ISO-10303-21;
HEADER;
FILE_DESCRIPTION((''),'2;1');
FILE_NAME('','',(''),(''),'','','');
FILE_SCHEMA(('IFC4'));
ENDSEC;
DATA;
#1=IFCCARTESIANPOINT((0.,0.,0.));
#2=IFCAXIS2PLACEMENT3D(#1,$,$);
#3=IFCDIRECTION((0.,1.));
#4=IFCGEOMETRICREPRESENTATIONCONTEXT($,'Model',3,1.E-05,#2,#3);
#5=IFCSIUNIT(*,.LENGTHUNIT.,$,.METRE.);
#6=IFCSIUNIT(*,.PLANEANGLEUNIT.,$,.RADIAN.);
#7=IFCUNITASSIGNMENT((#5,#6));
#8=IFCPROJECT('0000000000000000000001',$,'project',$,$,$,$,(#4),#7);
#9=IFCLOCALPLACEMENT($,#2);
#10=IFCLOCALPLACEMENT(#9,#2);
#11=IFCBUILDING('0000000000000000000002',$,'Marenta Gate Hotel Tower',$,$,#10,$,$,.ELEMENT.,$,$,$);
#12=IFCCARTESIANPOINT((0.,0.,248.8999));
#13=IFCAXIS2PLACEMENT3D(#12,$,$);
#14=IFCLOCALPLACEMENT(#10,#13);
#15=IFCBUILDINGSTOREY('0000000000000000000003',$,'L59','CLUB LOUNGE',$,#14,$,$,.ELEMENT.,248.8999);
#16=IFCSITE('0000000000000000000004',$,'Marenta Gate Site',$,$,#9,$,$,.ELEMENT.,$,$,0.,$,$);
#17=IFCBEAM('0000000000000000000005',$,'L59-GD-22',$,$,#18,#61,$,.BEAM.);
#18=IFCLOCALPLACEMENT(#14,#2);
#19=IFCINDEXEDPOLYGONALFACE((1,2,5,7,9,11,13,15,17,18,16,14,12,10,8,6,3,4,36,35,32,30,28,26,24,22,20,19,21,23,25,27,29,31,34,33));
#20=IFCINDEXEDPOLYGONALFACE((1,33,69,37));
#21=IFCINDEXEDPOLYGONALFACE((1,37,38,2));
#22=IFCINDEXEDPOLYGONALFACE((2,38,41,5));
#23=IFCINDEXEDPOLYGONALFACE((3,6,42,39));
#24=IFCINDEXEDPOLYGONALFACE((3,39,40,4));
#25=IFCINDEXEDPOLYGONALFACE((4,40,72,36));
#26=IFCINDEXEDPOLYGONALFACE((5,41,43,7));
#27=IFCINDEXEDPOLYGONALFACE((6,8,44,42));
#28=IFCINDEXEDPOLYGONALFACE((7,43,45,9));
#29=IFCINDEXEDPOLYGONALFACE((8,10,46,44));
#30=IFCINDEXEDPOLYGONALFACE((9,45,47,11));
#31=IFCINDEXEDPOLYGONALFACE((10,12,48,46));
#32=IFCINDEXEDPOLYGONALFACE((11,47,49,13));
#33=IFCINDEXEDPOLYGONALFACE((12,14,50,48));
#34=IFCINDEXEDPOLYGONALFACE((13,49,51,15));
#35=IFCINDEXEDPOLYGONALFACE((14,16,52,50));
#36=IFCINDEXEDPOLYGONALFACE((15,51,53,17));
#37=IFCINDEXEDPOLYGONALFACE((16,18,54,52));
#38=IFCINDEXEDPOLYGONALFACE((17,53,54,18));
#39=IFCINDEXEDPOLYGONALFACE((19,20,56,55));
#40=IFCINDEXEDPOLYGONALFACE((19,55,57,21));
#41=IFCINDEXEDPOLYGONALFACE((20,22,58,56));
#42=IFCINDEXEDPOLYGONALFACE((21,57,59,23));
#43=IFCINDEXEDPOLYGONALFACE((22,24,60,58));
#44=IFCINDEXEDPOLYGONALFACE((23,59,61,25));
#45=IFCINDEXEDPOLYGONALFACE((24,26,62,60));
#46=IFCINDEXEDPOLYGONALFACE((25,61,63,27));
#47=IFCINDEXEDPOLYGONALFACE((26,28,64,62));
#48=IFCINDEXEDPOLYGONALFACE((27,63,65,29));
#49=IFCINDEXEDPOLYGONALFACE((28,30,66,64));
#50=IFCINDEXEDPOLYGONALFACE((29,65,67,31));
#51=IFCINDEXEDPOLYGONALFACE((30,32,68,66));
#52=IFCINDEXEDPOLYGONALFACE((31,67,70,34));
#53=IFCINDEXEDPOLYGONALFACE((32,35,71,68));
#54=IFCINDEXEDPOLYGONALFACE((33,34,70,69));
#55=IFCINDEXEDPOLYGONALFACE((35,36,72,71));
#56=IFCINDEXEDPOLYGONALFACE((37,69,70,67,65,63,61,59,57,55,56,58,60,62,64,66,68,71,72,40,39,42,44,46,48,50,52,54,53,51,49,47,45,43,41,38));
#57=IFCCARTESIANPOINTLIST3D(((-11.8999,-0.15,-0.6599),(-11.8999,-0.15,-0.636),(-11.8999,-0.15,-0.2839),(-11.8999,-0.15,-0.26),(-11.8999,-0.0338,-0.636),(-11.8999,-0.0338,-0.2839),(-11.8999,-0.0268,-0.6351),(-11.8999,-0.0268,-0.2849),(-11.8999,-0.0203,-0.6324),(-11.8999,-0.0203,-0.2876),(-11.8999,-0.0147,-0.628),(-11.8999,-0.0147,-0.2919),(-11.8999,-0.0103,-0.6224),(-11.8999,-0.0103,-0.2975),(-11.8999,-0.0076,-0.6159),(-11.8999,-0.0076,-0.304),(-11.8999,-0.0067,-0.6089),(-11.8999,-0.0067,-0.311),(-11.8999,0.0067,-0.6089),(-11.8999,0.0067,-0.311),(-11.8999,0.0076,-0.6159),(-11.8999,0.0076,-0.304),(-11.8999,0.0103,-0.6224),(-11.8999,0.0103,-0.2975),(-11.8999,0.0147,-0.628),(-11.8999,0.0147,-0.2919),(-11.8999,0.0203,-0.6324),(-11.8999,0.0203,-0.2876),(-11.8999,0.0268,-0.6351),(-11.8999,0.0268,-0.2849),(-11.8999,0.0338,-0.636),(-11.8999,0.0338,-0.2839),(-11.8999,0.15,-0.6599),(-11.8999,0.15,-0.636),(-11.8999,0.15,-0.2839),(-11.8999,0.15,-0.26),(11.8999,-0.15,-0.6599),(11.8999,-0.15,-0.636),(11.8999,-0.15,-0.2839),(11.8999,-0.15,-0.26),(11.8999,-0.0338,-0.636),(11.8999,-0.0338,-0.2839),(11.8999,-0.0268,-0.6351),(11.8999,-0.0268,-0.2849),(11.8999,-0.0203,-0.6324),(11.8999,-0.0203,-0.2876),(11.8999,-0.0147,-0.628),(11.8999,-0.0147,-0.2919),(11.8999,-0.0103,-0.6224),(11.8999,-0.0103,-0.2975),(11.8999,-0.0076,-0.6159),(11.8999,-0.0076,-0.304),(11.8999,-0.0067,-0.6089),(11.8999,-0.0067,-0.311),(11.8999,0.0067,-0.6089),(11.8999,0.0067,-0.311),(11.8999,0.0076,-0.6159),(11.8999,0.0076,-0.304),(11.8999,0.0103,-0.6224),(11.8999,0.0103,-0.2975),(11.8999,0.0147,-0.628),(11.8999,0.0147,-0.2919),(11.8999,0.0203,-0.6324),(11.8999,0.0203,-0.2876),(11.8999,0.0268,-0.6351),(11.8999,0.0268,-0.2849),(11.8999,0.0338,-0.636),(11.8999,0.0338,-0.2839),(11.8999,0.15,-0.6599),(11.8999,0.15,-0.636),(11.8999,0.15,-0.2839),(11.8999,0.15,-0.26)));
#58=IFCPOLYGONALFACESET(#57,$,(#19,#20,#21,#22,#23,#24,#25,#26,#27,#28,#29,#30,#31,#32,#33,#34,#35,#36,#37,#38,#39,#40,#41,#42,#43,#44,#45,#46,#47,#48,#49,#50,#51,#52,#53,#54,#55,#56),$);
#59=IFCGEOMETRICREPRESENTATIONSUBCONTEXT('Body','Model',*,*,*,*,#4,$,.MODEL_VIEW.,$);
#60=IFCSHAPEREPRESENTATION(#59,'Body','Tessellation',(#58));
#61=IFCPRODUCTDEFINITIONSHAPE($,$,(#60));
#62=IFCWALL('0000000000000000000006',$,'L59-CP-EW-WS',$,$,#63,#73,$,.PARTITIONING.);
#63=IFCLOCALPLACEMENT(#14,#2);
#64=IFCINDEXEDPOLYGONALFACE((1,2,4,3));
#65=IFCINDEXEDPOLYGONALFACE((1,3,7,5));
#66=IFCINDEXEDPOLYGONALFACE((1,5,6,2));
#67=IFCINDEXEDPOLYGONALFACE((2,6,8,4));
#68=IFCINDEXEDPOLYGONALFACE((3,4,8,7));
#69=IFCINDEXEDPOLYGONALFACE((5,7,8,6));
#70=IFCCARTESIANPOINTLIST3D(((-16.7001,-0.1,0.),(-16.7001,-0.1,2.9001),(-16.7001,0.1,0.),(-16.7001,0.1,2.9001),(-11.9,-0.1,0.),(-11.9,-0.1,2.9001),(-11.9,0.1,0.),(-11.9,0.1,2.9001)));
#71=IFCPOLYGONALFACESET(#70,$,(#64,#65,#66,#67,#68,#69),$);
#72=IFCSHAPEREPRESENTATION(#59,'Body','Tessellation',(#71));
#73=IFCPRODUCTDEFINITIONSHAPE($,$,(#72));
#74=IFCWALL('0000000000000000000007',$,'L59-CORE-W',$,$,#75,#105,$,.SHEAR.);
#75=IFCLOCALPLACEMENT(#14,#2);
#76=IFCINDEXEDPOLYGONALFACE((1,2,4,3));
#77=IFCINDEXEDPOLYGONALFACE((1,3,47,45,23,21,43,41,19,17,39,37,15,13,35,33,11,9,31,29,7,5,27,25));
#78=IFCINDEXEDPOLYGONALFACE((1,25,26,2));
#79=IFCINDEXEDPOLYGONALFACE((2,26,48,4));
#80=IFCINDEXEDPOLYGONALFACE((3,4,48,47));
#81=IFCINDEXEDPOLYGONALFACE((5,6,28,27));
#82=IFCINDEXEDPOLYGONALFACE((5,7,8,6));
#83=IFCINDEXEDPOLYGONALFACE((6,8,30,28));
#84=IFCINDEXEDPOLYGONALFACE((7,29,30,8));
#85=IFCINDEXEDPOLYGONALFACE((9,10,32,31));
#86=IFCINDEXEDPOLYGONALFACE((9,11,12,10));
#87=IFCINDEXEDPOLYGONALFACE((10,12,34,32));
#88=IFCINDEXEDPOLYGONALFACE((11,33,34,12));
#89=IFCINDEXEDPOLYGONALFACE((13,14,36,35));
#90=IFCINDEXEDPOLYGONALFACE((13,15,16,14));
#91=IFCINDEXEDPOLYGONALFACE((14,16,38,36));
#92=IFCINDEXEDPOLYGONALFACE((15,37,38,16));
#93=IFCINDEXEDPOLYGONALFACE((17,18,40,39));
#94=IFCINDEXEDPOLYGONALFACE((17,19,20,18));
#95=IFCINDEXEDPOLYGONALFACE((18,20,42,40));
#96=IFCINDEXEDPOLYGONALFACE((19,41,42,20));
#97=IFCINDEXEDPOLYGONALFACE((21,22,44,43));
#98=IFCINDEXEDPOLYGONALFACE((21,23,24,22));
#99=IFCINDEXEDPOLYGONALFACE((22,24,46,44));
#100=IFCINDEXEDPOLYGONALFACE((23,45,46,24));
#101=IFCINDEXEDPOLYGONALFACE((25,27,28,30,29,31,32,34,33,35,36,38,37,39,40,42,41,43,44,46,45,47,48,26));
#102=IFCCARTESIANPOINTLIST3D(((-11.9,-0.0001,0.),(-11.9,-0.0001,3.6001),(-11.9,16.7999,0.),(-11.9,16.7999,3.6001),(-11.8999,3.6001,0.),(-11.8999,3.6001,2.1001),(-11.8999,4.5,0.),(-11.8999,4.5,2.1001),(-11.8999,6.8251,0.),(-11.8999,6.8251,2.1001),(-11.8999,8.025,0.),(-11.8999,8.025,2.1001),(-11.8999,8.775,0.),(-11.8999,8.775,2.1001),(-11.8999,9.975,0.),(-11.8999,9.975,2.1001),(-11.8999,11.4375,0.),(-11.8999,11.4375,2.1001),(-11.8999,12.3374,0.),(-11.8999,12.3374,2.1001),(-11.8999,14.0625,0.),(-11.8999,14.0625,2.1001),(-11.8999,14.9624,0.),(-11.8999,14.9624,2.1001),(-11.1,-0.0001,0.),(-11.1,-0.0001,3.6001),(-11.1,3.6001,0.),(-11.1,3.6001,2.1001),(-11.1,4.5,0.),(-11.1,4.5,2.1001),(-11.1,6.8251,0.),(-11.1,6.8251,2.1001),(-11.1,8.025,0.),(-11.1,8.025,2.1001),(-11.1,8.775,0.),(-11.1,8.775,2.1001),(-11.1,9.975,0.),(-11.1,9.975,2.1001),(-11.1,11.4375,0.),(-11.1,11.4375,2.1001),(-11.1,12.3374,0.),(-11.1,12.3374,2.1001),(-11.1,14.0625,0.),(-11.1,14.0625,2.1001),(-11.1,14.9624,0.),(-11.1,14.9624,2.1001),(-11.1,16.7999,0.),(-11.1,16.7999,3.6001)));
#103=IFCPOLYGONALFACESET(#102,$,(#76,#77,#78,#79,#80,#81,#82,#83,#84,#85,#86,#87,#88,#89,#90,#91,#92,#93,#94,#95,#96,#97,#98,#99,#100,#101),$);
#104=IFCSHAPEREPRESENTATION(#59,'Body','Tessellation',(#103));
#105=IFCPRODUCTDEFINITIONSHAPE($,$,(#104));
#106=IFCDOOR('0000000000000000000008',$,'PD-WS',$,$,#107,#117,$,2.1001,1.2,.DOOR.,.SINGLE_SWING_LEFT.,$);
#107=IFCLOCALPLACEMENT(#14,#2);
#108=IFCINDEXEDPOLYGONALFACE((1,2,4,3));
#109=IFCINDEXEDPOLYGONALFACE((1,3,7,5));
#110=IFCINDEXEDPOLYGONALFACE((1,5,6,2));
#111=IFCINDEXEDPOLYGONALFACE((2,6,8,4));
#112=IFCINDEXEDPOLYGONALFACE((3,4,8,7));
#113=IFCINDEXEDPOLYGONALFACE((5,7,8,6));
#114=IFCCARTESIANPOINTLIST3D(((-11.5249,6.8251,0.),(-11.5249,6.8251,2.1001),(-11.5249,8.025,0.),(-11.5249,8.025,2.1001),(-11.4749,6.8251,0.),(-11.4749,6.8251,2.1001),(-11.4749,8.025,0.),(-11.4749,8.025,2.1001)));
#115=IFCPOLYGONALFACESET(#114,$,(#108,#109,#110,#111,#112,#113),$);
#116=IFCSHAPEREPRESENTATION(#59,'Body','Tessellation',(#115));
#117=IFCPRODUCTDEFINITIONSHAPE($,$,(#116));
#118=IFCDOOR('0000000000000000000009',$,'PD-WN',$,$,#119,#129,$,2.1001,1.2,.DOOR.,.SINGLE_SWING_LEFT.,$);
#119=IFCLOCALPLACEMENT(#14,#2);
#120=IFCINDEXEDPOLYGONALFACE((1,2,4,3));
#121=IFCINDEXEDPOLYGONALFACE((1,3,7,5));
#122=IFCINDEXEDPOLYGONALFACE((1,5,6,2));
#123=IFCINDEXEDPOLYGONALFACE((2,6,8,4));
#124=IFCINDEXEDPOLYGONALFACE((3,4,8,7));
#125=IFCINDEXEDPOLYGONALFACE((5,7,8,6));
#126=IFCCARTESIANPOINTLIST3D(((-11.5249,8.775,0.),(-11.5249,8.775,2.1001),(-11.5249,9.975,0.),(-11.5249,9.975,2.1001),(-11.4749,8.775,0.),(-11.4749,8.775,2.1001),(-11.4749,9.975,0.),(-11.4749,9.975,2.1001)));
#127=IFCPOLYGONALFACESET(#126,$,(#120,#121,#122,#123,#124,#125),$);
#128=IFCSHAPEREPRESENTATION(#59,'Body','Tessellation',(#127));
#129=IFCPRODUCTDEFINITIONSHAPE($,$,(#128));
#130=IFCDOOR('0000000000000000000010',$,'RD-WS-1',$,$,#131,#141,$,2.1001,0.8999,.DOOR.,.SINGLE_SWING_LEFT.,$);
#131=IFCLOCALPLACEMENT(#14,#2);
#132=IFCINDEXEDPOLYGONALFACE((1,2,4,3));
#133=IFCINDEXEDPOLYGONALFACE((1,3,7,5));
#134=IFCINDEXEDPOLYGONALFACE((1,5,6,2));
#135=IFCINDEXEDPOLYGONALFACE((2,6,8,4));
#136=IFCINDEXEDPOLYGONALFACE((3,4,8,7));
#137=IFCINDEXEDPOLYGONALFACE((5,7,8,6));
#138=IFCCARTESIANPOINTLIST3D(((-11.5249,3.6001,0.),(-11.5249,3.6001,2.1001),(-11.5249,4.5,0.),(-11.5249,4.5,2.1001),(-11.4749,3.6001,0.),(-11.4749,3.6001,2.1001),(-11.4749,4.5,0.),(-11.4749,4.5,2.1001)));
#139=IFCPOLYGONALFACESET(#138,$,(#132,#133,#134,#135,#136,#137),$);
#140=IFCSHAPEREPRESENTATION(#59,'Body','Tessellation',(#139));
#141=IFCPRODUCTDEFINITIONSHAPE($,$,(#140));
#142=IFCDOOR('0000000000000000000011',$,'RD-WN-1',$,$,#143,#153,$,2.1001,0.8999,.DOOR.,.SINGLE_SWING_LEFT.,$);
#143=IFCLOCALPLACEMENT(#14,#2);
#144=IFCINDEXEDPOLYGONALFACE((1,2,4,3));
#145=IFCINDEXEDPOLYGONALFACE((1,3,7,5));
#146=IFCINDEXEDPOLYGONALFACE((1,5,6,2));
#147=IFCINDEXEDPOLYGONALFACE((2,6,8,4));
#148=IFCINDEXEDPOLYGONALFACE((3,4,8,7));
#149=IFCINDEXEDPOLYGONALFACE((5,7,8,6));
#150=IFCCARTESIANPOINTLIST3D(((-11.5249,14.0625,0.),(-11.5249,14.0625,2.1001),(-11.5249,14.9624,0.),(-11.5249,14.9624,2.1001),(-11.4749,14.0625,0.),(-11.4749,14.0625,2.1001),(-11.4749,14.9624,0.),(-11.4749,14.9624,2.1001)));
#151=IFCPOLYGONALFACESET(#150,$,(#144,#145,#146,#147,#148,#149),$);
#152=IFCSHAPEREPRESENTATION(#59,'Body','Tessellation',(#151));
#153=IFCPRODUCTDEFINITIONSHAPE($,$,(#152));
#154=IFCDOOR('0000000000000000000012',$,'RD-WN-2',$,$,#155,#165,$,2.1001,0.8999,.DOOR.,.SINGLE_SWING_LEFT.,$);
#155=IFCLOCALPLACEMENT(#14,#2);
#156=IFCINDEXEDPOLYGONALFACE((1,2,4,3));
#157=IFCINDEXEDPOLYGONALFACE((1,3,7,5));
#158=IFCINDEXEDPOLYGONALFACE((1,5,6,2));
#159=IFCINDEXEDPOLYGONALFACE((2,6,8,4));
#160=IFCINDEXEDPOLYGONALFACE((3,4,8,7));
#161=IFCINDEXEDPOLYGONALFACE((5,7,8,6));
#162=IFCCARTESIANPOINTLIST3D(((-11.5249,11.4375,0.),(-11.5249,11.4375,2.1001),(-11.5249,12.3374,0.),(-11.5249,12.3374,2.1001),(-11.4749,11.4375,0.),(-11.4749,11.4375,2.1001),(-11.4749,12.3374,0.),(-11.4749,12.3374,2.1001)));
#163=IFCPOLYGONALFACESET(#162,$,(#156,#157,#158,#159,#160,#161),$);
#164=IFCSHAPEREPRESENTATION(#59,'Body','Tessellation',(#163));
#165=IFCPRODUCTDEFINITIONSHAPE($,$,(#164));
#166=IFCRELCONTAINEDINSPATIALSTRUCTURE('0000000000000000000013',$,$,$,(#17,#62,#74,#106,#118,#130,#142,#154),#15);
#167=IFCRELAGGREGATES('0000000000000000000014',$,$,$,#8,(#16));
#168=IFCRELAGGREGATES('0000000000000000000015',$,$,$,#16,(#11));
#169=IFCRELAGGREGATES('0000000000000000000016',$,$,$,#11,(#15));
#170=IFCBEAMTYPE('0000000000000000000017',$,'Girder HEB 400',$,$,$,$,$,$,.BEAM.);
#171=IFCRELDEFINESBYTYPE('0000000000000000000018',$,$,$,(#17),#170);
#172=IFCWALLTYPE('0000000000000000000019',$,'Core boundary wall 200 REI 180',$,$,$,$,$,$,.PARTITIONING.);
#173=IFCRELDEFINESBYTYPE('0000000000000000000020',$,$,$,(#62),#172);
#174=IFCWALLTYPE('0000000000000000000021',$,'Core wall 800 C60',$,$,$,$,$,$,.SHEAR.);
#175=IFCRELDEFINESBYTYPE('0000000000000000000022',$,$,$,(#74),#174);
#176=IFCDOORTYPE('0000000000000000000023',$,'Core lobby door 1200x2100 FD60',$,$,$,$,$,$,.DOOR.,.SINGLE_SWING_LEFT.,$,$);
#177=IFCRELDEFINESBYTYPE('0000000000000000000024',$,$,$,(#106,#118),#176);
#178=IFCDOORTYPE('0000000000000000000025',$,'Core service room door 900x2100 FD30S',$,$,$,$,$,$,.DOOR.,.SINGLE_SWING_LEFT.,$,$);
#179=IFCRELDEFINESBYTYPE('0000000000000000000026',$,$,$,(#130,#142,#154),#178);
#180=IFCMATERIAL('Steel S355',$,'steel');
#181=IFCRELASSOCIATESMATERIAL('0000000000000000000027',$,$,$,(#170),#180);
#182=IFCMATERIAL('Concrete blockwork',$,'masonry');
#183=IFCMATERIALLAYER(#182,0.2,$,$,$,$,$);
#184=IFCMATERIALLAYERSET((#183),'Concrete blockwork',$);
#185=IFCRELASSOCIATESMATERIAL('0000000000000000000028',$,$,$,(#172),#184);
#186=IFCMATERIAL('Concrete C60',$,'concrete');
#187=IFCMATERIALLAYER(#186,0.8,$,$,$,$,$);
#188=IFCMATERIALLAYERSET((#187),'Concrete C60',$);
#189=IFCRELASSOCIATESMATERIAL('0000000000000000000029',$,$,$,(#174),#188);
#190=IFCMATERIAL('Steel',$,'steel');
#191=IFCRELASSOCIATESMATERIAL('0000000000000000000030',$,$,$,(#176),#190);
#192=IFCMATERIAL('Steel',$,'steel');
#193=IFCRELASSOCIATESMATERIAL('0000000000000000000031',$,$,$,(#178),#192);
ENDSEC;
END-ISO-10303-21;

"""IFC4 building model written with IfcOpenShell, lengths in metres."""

from ifc_helpers import new_model, si_unit, direction, frame, frame_2d, origin, origin_2d, place, context, subcontext, project, spatial, rectangle, i_section, extrude, material, layer, layer_set, material_profile, profile_set, type_object, element, fill, save


model = new_model("IFC4")

# Units and contexts
model_context = context("Model", 3, precision=1e-05, world=origin(), true_north=direction((0.0, 1.0)))
body_context = subcontext(model_context, "Body", "Model", "MODEL_VIEW")
ifc_project = project(units=[si_unit("LENGTHUNIT", "METRE"), si_unit("PLANEANGLEUNIT", "RADIAN")], contexts=[model_context])

# Site, building, storey
site_placement = place(None, origin())
site = spatial("IfcSite", under=ifc_project, at=site_placement, Name="Marenta Gate Site", CompositionType="ELEMENT", RefElevation=0.0)
building_placement = place(site_placement, origin())
building = spatial("IfcBuilding", under=site, at=building_placement, Name="Marenta Gate Hotel Tower", CompositionType="ELEMENT")
storey_placement = place(building_placement, frame((0.0, 0.0, 248.8999)))
storey = spatial("IfcBuildingStorey", under=building, at=storey_placement, Name="L59", Description="CLUB LOUNGE", CompositionType="ELEMENT", Elevation=248.8999)

# Beam
ifc_material_1 = material(Name="Steel S355", Category="steel")
ifc_material_profile = material_profile(ifc_material_1, i_section(OverallWidth=0.3, OverallDepth=0.3999, WebThickness=0.0134, FlangeThickness=0.0239, FilletRadius=0.0271, at=origin_2d()), Name="HEB 400")
ifc_profile_set = profile_set([ifc_material_profile], Name="Steel S355")
beam_type = type_object("IfcBeamType", Name="Girder HEB 400", PredefinedType="BEAM", material=ifc_profile_set)
beam_placement = place(storey_placement, frame((-11.8999, 0.0, -0.46), z_axis=(1.0, 0.0, 0.0), x_axis=(0.0, 1.0, 0.0)))
element("IfcBeam", 1, at=beam_placement, inside=storey, type_object=beam_type, Name="L59-GD-22", PredefinedType="BEAM", context=body_context, shape_type="SweptSolid", body=[
    extrude(i_section(OverallWidth=0.3, OverallDepth=0.3999, WebThickness=0.0134, FlangeThickness=0.0239, FilletRadius=0.0271, at=origin_2d()), origin(), (0.0, 0.0, 1.0), 23.7998),
])

# Wall
ifc_material_2 = material(Name="Concrete blockwork", Category="masonry")
ifc_layer_1 = layer(ifc_material_2, 0.2)
ifc_layer_set_1 = layer_set([ifc_layer_1], Name="Concrete blockwork")
wall_type_1 = type_object("IfcWallType", Name="Core boundary wall 200 REI 180", PredefinedType="PARTITIONING", material=ifc_layer_set_1)
wall_1_placement = place(storey_placement, frame((-16.7, 0.0, 0.0), z_axis=(0.0, 0.0, 1.0), x_axis=(1.0, 0.0, 0.0)))
element("IfcWall", 2, at=wall_1_placement, inside=storey, type_object=wall_type_1, Name="L59-CP-EW-WS", PredefinedType="PARTITIONING", context=body_context, shape_type="SweptSolid", body=[
    extrude(rectangle(XDim=4.8, YDim=0.2, at=frame_2d((2.3999, 0.0))), origin(), (0.0, 0.0, 1.0), 2.9001),
])

# Wall, openings, doors
ifc_material_3 = material(Name="Concrete C60", Category="concrete")
ifc_layer_2 = layer(ifc_material_3, 0.8)
ifc_layer_set_2 = layer_set([ifc_layer_2], Name="Concrete C60")
wall_type_2 = type_object("IfcWallType", Name="Core wall 800 C60", PredefinedType="SHEAR", material=ifc_layer_set_2)
wall_2_placement = place(storey_placement, frame((-11.5, 0.0, 0.0), z_axis=(0.0, 0.0, 1.0), x_axis=(0.0, 1.0, 0.0)))
wall_2 = element("IfcWall", 3, at=wall_2_placement, inside=storey, type_object=wall_type_2, Name="L59-CORE-W", PredefinedType="SHEAR", context=body_context, shape_type="SweptSolid", body=[
    extrude(rectangle(XDim=16.8, YDim=0.8, at=frame_2d((8.3999, 0.0))), origin(), (0.0, 0.0, 1.0), 3.6001),
])
opening_1_placement = place(wall_2_placement, frame((3.6001, 0.0, 0.0)))
opening_1 = element("IfcOpeningElement", 4, at=opening_1_placement, cuts=wall_2, PredefinedType="OPENING", context=body_context, shape_type="SweptSolid", body=[
    extrude(rectangle(XDim=0.8999, YDim=2.1001, at=frame_2d((0.45, 1.05))), frame((0.0, 0.3999, 0.0), z_axis=(0.0, -1.0, 0.0), x_axis=(1.0, 0.0, 0.0)), (0.0, 0.0, 1.0), 0.8),
])
opening_2_placement = place(wall_2_placement, frame((6.825, 0.0, 0.0)))
opening_2 = element("IfcOpeningElement", 5, at=opening_2_placement, cuts=wall_2, PredefinedType="OPENING", context=body_context, shape_type="SweptSolid", body=[
    extrude(rectangle(XDim=1.2, YDim=2.1001, at=frame_2d((0.6001, 1.05))), frame((0.0, 0.3999, 0.0), z_axis=(0.0, -1.0, 0.0), x_axis=(1.0, 0.0, 0.0)), (0.0, 0.0, 1.0), 0.8),
])
opening_3_placement = place(wall_2_placement, frame((14.0625, 0.0, 0.0)))
opening_3 = element("IfcOpeningElement", 6, at=opening_3_placement, cuts=wall_2, PredefinedType="OPENING", context=body_context, shape_type="SweptSolid", body=[
    extrude(rectangle(XDim=0.8999, YDim=2.1001, at=frame_2d((0.45, 1.05))), frame((0.0, 0.3999, 0.0), z_axis=(0.0, -1.0, 0.0), x_axis=(1.0, 0.0, 0.0)), (0.0, 0.0, 1.0), 0.8),
])
opening_4_placement = place(wall_2_placement, frame((11.4375, 0.0, 0.0)))
opening_4 = element("IfcOpeningElement", 7, at=opening_4_placement, cuts=wall_2, PredefinedType="OPENING", context=body_context, shape_type="SweptSolid", body=[
    extrude(rectangle(XDim=0.8999, YDim=2.1001, at=frame_2d((0.45, 1.05))), frame((0.0, 0.3999, 0.0), z_axis=(0.0, -1.0, 0.0), x_axis=(1.0, 0.0, 0.0)), (0.0, 0.0, 1.0), 0.8),
])
opening_5_placement = place(wall_2_placement, frame((8.7749, 0.0, 0.0)))
opening_5 = element("IfcOpeningElement", 8, at=opening_5_placement, cuts=wall_2, PredefinedType="OPENING", context=body_context, shape_type="SweptSolid", body=[
    extrude(rectangle(XDim=1.2, YDim=2.1001, at=frame_2d((0.6001, 1.05))), frame((0.0, 0.3999, 0.0), z_axis=(0.0, -1.0, 0.0), x_axis=(1.0, 0.0, 0.0)), (0.0, 0.0, 1.0), 0.8),
])
ifc_material_4 = material(Name="Steel", Category="steel")
door_type_1 = type_object("IfcDoorType", Name="Core lobby door 1200x2100 FD60", OperationType="SINGLE_SWING_LEFT", PredefinedType="DOOR", material=ifc_material_4)
door_1_placement = place(opening_2_placement, origin())
door_1 = element("IfcDoor", 9, at=door_1_placement, inside=storey, type_object=door_type_1, Name="PD-WS", OperationType="SINGLE_SWING_LEFT", OverallHeight=2.1001, OverallWidth=1.2, PredefinedType="DOOR", context=body_context, shape_type="SweptSolid", body=[
    extrude(rectangle(XDim=1.2, YDim=2.1001, at=frame_2d((0.6001, 1.05))), frame((0.0, 0.0249, 0.0), z_axis=(0.0, -1.0, 0.0), x_axis=(1.0, 0.0, 0.0)), (0.0, 0.0, 1.0), 0.05),
])
fill(opening_2, door_1)
door_2_placement = place(opening_5_placement, origin())
door_2 = element("IfcDoor", 10, at=door_2_placement, inside=storey, type_object=door_type_1, Name="PD-WN", OperationType="SINGLE_SWING_LEFT", OverallHeight=2.1001, OverallWidth=1.2, PredefinedType="DOOR", context=body_context, shape_type="SweptSolid", body=[
    extrude(rectangle(XDim=1.2, YDim=2.1001, at=frame_2d((0.6001, 1.05))), frame((0.0, 0.0249, 0.0), z_axis=(0.0, -1.0, 0.0), x_axis=(1.0, 0.0, 0.0)), (0.0, 0.0, 1.0), 0.05),
])
fill(opening_5, door_2)
ifc_material_5 = material(Name="Steel", Category="steel")
door_type_2 = type_object("IfcDoorType", Name="Core service room door 900x2100 FD30S", OperationType="SINGLE_SWING_LEFT", PredefinedType="DOOR", material=ifc_material_5)
door_3_placement = place(opening_1_placement, origin())
door_3 = element("IfcDoor", 11, at=door_3_placement, inside=storey, type_object=door_type_2, Name="RD-WS-1", OperationType="SINGLE_SWING_LEFT", OverallHeight=2.1001, OverallWidth=0.8999, PredefinedType="DOOR", context=body_context, shape_type="SweptSolid", body=[
    extrude(rectangle(XDim=0.8999, YDim=2.1001, at=frame_2d((0.45, 1.05))), frame((0.0, 0.0249, 0.0), z_axis=(0.0, -1.0, 0.0), x_axis=(1.0, 0.0, 0.0)), (0.0, 0.0, 1.0), 0.05),
])
fill(opening_1, door_3)
door_4_placement = place(opening_3_placement, origin())
door_4 = element("IfcDoor", 12, at=door_4_placement, inside=storey, type_object=door_type_2, Name="RD-WN-1", OperationType="SINGLE_SWING_LEFT", OverallHeight=2.1001, OverallWidth=0.8999, PredefinedType="DOOR", context=body_context, shape_type="SweptSolid", body=[
    extrude(rectangle(XDim=0.8999, YDim=2.1001, at=frame_2d((0.45, 1.05))), frame((0.0, 0.0249, 0.0), z_axis=(0.0, -1.0, 0.0), x_axis=(1.0, 0.0, 0.0)), (0.0, 0.0, 1.0), 0.05),
])
fill(opening_3, door_4)
door_5_placement = place(opening_4_placement, origin())
door_5 = element("IfcDoor", 13, at=door_5_placement, inside=storey, type_object=door_type_2, Name="RD-WN-2", OperationType="SINGLE_SWING_LEFT", OverallHeight=2.1001, OverallWidth=0.8999, PredefinedType="DOOR", context=body_context, shape_type="SweptSolid", body=[
    extrude(rectangle(XDim=0.8999, YDim=2.1001, at=frame_2d((0.45, 1.05))), frame((0.0, 0.0249, 0.0), z_axis=(0.0, -1.0, 0.0), x_axis=(1.0, 0.0, 0.0)), (0.0, 0.0, 1.0), 0.05),
])
fill(opening_4, door_5)

save(model, "model.ifc")
